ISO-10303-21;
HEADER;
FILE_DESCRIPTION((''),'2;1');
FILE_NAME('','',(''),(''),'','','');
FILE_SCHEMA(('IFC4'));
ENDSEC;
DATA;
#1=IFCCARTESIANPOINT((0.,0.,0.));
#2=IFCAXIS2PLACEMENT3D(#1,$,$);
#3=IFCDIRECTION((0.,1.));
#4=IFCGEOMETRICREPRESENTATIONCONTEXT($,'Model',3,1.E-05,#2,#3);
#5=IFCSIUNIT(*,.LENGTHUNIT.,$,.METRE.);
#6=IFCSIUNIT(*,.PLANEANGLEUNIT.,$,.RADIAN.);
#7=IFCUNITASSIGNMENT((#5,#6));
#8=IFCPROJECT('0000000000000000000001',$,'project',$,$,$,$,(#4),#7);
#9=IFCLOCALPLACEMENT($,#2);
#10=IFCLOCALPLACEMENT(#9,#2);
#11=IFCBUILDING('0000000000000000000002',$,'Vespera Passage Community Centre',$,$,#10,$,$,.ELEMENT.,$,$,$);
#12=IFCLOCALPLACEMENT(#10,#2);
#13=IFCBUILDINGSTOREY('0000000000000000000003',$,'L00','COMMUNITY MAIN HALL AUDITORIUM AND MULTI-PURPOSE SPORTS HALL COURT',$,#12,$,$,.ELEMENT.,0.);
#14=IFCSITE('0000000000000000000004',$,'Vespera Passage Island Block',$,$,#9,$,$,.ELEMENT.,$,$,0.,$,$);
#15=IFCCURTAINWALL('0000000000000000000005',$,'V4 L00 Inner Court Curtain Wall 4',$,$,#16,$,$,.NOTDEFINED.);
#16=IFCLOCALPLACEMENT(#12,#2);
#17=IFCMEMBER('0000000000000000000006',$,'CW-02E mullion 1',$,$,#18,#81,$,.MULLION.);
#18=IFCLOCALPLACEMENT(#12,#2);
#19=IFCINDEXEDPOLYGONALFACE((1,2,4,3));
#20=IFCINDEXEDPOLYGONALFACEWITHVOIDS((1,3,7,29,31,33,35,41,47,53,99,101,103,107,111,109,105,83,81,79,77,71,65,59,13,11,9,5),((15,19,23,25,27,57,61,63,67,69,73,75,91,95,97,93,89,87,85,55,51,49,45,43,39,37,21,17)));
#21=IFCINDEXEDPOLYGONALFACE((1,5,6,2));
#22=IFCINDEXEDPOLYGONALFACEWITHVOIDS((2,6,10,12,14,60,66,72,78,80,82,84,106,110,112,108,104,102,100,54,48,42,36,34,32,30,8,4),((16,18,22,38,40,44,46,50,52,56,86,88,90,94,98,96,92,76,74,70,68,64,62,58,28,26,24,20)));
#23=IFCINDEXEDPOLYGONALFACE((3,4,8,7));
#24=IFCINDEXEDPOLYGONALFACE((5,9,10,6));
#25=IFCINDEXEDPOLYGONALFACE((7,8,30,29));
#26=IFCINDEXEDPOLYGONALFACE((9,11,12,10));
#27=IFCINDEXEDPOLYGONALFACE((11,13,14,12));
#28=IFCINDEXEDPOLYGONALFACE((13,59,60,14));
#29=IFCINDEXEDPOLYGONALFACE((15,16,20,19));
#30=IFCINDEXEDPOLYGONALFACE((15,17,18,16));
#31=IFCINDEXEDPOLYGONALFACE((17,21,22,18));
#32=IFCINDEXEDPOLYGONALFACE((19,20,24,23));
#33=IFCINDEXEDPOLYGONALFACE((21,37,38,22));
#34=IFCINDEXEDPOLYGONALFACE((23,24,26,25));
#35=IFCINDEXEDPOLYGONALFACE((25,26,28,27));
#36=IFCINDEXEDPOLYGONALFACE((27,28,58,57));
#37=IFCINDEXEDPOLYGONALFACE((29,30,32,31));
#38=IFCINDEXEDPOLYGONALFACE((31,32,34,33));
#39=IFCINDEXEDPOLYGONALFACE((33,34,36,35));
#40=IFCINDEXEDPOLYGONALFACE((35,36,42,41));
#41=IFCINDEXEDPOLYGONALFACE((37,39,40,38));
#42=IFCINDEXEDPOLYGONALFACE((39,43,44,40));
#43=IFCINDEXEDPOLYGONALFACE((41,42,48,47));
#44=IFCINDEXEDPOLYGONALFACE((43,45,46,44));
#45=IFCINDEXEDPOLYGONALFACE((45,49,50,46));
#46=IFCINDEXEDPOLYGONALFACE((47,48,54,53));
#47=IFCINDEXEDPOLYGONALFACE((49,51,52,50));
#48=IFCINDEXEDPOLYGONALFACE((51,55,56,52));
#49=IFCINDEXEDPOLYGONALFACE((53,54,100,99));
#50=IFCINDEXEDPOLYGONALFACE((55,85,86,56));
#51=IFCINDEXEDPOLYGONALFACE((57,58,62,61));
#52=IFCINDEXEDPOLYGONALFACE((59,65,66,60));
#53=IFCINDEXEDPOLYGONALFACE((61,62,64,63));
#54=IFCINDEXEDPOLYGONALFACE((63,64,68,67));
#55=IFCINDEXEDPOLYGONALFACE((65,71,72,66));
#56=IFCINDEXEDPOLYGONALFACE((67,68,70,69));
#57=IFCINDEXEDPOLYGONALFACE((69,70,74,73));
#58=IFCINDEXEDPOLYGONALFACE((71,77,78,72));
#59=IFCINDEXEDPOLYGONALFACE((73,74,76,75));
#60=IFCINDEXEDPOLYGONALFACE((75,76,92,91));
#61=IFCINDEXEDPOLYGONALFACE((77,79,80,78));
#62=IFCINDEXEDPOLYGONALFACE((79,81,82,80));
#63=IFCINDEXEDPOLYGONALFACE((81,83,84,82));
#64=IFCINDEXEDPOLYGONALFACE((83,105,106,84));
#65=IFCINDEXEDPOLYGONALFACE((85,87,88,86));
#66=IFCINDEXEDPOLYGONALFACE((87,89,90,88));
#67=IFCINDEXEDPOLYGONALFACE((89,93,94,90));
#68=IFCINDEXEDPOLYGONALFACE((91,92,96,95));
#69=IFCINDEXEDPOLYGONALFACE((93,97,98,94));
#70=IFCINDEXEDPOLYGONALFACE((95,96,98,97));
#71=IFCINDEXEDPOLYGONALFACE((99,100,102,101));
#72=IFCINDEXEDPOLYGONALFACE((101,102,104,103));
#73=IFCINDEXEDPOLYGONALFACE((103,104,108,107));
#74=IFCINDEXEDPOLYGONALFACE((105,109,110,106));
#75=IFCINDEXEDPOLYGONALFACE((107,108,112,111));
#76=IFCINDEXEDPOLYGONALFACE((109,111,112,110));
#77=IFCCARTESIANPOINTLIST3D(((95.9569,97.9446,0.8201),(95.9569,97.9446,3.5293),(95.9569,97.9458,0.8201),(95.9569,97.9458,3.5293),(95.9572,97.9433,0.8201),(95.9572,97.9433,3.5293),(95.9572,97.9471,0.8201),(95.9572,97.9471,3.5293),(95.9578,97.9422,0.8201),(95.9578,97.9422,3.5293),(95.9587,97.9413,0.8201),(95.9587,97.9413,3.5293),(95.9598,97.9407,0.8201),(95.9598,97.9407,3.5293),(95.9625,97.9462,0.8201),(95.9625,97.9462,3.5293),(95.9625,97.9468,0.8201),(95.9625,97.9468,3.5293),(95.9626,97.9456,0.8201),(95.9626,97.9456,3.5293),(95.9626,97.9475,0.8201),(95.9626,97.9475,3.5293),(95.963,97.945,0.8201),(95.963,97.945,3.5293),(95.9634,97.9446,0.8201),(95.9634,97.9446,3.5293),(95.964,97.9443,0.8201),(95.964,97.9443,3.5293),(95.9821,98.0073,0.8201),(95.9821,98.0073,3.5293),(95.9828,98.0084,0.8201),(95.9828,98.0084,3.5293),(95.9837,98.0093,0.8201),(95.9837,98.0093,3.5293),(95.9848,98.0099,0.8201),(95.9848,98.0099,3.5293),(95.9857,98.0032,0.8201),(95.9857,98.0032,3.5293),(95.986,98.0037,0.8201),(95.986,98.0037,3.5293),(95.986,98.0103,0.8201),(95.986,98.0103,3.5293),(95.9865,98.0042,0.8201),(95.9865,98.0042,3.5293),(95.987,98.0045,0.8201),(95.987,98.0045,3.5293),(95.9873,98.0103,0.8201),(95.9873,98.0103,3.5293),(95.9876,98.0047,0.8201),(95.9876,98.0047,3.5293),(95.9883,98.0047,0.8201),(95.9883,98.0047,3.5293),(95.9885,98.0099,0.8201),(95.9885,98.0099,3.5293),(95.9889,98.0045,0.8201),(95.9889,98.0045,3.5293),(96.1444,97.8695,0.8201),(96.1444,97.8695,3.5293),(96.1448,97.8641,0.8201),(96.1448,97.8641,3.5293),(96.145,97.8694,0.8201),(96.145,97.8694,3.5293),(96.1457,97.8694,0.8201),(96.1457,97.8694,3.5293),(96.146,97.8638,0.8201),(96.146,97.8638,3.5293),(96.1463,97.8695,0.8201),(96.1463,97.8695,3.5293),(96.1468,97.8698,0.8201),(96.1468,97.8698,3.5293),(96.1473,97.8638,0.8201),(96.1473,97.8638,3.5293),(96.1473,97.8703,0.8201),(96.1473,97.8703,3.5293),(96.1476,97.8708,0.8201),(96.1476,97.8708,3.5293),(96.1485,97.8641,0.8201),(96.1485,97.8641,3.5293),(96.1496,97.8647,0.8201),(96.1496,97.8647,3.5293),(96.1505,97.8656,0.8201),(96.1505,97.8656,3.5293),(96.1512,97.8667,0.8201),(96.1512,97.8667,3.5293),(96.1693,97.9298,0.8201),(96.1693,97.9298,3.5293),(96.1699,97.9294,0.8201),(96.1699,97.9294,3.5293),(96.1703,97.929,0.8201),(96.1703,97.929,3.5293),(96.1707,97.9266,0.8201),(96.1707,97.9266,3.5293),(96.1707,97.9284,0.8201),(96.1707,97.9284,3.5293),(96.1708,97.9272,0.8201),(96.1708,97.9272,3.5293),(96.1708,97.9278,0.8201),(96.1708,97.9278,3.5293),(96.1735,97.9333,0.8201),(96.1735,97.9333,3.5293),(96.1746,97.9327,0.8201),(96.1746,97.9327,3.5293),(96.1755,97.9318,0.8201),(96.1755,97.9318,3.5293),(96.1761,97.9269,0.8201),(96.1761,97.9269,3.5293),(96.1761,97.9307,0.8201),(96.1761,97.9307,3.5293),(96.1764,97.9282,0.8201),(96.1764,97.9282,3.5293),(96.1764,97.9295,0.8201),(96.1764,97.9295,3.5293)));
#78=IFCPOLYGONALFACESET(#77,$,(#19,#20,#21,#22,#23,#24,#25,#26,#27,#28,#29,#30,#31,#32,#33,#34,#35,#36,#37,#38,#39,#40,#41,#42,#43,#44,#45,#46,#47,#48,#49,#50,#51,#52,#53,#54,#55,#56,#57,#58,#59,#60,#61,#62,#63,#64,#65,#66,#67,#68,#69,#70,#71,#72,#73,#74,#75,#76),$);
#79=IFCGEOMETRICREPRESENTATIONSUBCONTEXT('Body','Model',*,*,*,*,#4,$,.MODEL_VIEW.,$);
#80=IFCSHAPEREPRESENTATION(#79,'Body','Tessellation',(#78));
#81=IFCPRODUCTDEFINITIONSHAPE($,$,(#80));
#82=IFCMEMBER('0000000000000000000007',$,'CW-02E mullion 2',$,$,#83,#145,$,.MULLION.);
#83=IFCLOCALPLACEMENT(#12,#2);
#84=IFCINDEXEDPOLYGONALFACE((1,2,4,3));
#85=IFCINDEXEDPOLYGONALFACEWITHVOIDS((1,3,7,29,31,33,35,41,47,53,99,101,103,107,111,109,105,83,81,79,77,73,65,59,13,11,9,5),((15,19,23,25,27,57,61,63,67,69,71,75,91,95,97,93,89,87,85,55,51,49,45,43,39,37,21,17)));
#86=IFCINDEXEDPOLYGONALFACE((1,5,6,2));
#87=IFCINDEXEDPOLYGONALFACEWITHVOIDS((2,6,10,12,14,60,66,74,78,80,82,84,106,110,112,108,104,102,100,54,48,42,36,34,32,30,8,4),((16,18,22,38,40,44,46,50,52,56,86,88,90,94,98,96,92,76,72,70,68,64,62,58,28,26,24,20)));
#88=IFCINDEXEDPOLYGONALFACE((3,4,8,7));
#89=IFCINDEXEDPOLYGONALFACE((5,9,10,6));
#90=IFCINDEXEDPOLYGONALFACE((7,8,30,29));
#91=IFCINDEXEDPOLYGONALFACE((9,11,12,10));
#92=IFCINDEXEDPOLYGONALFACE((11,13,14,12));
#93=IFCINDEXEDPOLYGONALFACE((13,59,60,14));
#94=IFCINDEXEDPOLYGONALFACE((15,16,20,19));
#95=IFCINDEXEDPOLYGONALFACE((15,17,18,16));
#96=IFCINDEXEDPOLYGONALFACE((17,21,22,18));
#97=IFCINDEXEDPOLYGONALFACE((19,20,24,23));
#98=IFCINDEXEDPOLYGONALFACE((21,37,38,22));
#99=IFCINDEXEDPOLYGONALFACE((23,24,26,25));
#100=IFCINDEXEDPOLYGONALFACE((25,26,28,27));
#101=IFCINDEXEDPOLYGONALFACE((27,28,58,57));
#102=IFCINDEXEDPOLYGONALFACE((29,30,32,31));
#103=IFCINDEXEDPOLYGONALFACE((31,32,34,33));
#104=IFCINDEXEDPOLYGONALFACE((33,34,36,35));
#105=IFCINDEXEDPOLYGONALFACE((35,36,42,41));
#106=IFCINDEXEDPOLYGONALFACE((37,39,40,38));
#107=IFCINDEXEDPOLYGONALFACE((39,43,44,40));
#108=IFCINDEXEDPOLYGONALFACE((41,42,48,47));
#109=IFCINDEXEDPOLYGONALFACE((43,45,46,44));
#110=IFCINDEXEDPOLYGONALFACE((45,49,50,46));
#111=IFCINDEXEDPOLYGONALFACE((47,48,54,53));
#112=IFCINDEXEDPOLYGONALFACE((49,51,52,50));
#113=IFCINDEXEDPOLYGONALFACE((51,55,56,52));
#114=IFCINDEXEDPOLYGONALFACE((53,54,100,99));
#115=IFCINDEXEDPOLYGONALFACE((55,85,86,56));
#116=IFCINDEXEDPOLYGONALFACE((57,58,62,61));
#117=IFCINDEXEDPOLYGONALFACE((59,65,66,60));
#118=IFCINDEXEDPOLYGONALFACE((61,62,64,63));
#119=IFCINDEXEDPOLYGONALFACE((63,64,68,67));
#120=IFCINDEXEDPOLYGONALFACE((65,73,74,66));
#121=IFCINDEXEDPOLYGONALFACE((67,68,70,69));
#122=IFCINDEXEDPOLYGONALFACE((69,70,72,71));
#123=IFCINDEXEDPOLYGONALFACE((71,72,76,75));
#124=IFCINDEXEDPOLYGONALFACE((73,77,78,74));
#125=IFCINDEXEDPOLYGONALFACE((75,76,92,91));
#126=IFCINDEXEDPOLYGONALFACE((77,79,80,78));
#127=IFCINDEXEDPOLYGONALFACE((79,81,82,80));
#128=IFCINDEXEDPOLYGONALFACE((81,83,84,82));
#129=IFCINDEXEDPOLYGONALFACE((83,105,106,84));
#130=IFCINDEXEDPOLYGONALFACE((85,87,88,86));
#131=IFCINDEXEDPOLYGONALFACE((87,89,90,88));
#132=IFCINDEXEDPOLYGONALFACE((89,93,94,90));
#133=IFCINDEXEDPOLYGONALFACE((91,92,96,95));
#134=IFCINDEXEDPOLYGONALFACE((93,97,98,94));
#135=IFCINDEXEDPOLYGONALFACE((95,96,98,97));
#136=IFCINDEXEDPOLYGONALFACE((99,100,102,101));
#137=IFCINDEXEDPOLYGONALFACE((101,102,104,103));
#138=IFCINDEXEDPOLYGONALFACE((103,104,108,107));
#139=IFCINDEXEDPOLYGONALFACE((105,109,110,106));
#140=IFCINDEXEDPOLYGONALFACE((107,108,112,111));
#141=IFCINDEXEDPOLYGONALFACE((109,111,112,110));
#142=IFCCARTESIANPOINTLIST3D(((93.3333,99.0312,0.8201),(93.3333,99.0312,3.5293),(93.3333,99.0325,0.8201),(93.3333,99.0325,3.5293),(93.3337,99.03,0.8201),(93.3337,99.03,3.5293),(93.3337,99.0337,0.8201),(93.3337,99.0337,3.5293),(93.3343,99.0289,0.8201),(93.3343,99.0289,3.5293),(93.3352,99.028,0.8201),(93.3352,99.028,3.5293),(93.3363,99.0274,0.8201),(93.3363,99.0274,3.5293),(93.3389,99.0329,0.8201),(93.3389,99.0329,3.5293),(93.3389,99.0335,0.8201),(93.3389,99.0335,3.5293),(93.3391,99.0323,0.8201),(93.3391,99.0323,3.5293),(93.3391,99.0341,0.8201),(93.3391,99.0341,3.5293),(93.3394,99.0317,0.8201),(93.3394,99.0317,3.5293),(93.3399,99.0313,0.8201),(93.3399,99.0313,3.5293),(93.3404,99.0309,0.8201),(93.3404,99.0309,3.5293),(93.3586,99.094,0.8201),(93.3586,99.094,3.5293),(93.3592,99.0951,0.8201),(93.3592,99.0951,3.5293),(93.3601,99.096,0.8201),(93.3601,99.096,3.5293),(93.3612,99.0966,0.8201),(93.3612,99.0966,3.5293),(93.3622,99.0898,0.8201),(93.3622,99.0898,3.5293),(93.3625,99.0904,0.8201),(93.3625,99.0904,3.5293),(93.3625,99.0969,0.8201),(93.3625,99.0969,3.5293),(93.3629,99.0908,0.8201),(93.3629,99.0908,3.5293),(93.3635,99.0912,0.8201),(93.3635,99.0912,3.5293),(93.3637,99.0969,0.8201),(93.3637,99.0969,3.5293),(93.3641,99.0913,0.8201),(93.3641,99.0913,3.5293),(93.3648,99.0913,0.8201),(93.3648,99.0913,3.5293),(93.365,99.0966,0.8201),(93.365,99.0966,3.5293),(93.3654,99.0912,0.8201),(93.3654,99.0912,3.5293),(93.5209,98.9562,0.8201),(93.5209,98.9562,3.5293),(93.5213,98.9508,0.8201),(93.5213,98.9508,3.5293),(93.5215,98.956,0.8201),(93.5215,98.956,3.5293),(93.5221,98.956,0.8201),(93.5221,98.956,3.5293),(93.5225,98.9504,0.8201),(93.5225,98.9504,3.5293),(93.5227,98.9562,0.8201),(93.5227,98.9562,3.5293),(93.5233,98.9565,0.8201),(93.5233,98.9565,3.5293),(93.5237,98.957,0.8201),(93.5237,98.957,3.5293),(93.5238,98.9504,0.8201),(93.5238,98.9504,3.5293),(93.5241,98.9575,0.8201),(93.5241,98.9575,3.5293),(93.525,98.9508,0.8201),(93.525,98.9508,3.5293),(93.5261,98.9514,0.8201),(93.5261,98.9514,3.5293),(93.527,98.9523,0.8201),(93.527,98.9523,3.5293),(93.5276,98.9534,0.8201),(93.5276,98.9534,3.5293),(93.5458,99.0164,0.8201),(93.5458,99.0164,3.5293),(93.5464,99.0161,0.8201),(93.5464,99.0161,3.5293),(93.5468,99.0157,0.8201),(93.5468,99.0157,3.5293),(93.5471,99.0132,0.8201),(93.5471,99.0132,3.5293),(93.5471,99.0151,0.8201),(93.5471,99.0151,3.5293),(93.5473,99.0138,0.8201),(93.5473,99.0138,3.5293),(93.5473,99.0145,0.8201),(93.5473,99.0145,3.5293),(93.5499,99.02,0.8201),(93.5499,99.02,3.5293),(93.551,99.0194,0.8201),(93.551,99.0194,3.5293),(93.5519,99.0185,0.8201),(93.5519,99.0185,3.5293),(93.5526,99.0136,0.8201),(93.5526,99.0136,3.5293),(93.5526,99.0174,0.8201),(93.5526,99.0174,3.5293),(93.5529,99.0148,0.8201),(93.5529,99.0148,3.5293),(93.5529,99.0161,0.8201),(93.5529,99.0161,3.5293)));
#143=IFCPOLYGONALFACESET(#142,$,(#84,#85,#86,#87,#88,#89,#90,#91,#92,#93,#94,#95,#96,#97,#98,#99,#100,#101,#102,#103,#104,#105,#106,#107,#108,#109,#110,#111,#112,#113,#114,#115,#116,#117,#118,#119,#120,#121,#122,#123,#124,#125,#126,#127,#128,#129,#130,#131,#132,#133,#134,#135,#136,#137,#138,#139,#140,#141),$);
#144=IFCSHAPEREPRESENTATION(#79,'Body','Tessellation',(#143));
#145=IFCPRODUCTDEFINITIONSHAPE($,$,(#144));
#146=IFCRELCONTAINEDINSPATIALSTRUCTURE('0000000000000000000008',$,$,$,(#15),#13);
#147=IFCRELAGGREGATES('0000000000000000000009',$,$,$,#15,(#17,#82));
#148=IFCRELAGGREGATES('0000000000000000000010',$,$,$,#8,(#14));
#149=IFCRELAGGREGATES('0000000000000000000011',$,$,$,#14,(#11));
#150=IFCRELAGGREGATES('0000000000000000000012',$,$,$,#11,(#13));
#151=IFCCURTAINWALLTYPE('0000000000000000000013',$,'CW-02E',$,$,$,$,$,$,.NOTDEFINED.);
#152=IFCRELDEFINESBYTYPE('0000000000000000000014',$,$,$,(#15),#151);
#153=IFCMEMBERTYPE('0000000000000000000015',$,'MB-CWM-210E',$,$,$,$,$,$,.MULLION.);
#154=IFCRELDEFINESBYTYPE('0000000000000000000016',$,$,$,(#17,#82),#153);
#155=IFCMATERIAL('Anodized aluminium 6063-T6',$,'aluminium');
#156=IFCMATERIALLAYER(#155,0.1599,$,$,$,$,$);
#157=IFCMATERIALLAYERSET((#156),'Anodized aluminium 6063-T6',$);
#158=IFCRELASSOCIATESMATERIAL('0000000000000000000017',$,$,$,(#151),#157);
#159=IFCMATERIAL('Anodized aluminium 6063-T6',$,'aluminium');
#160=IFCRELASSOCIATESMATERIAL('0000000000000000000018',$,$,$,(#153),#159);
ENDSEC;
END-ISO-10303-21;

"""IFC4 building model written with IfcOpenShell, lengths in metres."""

from ifc_helpers import new_model, si_unit, direction, frame, origin, origin_2d, place, context, subcontext, project, spatial, hollow_rectangle, extrude, material, layer, layer_set, material_profile, profile_set, type_object, element, aggregate, save


model = new_model("IFC4")

# Units and contexts
model_context = context("Model", 3, precision=1e-05, world=origin(), true_north=direction((0.0, 1.0)))
body_context = subcontext(model_context, "Body", "Model", "MODEL_VIEW")
ifc_project = project(units=[si_unit("LENGTHUNIT", "METRE"), si_unit("PLANEANGLEUNIT", "RADIAN")], contexts=[model_context])

# Site, building, storey
site_placement = place(None, origin())
site = spatial("IfcSite", under=ifc_project, at=site_placement, Name="Vespera Passage Island Block", CompositionType="ELEMENT", RefElevation=0.0)
building_placement = place(site_placement, origin())
building = spatial("IfcBuilding", under=site, at=building_placement, Name="Vespera Passage Community Centre", CompositionType="ELEMENT")
storey_placement = place(building_placement, origin())
storey = spatial("IfcBuildingStorey", under=building, at=storey_placement, Name="L00", Description="COMMUNITY MAIN HALL AUDITORIUM AND MULTI-PURPOSE SPORTS HALL COURT", CompositionType="ELEMENT", Elevation=0.0)

# Curtain wall, members
ifc_material_1 = material(Name="Anodized aluminium 6063-T6", Category="aluminium")
ifc_layer_1 = layer(ifc_material_1, 0.1599)
ifc_layer_set_1 = layer_set([ifc_layer_1], Name="Anodized aluminium 6063-T6")
curtain_wall_type_1 = type_object("IfcCurtainWallType", Name="CW-02E", PredefinedType="NOTDEFINED", material=ifc_layer_set_1)
curtain_wall_1_placement = place(storey_placement, origin())
curtain_wall_1 = element("IfcCurtainWall", 1, at=curtain_wall_1_placement, inside=storey, type_object=curtain_wall_type_1, Name="V4 L00 Inner Court Curtain Wall 4", PredefinedType="NOTDEFINED")
ifc_material_2 = material(Name="Anodized aluminium 6063-T6", Category="aluminium")
ifc_material_profile_1 = material_profile(ifc_material_2, hollow_rectangle(XDim=0.075, YDim=0.21, WallThickness=0.0049, InnerFilletRadius=0.0024, OuterFilletRadius=0.0049, at=origin_2d()), Name="ALU210X75X5")
ifc_profile_set_1 = profile_set([ifc_material_profile_1], Name="Anodized aluminium 6063-T6")
member_type_1 = type_object("IfcMemberType", Name="MB-CWM-210E", PredefinedType="MULLION", material=ifc_profile_set_1)
member_1_placement = place(storey_placement, frame((96.0667, 97.937, 0.8201), z_axis=(0.0, 0.0, 1.0), x_axis=(-0.38269, -0.923877, 0.0)))
member_1 = element("IfcMember", 2, at=member_1_placement, type_object=member_type_1, Name="CW-02E mullion 1", PredefinedType="MULLION", context=body_context, shape_type="SweptSolid", body=[
    extrude(hollow_rectangle(XDim=0.075, YDim=0.21, WallThickness=0.0049, InnerFilletRadius=0.0024, OuterFilletRadius=0.0049, at=origin_2d()), origin(), (0.0, 0.0, 1.0), 2.7092),
])
member_2_placement = place(storey_placement, frame((93.4431, 99.0237, 0.8201), z_axis=(0.0, 0.0, 1.0), x_axis=(-0.38269, -0.923877, 0.0)))
member_2 = element("IfcMember", 3, at=member_2_placement, type_object=member_type_1, Name="CW-02E mullion 2", PredefinedType="MULLION", context=body_context, shape_type="SweptSolid", body=[
    extrude(hollow_rectangle(XDim=0.075, YDim=0.21, WallThickness=0.0049, InnerFilletRadius=0.0024, OuterFilletRadius=0.0049, at=origin_2d()), origin(), (0.0, 0.0, 1.0), 2.7092),
])

aggregate(curtain_wall_1, [member_1, member_2])

save(model, "model.ifc")
